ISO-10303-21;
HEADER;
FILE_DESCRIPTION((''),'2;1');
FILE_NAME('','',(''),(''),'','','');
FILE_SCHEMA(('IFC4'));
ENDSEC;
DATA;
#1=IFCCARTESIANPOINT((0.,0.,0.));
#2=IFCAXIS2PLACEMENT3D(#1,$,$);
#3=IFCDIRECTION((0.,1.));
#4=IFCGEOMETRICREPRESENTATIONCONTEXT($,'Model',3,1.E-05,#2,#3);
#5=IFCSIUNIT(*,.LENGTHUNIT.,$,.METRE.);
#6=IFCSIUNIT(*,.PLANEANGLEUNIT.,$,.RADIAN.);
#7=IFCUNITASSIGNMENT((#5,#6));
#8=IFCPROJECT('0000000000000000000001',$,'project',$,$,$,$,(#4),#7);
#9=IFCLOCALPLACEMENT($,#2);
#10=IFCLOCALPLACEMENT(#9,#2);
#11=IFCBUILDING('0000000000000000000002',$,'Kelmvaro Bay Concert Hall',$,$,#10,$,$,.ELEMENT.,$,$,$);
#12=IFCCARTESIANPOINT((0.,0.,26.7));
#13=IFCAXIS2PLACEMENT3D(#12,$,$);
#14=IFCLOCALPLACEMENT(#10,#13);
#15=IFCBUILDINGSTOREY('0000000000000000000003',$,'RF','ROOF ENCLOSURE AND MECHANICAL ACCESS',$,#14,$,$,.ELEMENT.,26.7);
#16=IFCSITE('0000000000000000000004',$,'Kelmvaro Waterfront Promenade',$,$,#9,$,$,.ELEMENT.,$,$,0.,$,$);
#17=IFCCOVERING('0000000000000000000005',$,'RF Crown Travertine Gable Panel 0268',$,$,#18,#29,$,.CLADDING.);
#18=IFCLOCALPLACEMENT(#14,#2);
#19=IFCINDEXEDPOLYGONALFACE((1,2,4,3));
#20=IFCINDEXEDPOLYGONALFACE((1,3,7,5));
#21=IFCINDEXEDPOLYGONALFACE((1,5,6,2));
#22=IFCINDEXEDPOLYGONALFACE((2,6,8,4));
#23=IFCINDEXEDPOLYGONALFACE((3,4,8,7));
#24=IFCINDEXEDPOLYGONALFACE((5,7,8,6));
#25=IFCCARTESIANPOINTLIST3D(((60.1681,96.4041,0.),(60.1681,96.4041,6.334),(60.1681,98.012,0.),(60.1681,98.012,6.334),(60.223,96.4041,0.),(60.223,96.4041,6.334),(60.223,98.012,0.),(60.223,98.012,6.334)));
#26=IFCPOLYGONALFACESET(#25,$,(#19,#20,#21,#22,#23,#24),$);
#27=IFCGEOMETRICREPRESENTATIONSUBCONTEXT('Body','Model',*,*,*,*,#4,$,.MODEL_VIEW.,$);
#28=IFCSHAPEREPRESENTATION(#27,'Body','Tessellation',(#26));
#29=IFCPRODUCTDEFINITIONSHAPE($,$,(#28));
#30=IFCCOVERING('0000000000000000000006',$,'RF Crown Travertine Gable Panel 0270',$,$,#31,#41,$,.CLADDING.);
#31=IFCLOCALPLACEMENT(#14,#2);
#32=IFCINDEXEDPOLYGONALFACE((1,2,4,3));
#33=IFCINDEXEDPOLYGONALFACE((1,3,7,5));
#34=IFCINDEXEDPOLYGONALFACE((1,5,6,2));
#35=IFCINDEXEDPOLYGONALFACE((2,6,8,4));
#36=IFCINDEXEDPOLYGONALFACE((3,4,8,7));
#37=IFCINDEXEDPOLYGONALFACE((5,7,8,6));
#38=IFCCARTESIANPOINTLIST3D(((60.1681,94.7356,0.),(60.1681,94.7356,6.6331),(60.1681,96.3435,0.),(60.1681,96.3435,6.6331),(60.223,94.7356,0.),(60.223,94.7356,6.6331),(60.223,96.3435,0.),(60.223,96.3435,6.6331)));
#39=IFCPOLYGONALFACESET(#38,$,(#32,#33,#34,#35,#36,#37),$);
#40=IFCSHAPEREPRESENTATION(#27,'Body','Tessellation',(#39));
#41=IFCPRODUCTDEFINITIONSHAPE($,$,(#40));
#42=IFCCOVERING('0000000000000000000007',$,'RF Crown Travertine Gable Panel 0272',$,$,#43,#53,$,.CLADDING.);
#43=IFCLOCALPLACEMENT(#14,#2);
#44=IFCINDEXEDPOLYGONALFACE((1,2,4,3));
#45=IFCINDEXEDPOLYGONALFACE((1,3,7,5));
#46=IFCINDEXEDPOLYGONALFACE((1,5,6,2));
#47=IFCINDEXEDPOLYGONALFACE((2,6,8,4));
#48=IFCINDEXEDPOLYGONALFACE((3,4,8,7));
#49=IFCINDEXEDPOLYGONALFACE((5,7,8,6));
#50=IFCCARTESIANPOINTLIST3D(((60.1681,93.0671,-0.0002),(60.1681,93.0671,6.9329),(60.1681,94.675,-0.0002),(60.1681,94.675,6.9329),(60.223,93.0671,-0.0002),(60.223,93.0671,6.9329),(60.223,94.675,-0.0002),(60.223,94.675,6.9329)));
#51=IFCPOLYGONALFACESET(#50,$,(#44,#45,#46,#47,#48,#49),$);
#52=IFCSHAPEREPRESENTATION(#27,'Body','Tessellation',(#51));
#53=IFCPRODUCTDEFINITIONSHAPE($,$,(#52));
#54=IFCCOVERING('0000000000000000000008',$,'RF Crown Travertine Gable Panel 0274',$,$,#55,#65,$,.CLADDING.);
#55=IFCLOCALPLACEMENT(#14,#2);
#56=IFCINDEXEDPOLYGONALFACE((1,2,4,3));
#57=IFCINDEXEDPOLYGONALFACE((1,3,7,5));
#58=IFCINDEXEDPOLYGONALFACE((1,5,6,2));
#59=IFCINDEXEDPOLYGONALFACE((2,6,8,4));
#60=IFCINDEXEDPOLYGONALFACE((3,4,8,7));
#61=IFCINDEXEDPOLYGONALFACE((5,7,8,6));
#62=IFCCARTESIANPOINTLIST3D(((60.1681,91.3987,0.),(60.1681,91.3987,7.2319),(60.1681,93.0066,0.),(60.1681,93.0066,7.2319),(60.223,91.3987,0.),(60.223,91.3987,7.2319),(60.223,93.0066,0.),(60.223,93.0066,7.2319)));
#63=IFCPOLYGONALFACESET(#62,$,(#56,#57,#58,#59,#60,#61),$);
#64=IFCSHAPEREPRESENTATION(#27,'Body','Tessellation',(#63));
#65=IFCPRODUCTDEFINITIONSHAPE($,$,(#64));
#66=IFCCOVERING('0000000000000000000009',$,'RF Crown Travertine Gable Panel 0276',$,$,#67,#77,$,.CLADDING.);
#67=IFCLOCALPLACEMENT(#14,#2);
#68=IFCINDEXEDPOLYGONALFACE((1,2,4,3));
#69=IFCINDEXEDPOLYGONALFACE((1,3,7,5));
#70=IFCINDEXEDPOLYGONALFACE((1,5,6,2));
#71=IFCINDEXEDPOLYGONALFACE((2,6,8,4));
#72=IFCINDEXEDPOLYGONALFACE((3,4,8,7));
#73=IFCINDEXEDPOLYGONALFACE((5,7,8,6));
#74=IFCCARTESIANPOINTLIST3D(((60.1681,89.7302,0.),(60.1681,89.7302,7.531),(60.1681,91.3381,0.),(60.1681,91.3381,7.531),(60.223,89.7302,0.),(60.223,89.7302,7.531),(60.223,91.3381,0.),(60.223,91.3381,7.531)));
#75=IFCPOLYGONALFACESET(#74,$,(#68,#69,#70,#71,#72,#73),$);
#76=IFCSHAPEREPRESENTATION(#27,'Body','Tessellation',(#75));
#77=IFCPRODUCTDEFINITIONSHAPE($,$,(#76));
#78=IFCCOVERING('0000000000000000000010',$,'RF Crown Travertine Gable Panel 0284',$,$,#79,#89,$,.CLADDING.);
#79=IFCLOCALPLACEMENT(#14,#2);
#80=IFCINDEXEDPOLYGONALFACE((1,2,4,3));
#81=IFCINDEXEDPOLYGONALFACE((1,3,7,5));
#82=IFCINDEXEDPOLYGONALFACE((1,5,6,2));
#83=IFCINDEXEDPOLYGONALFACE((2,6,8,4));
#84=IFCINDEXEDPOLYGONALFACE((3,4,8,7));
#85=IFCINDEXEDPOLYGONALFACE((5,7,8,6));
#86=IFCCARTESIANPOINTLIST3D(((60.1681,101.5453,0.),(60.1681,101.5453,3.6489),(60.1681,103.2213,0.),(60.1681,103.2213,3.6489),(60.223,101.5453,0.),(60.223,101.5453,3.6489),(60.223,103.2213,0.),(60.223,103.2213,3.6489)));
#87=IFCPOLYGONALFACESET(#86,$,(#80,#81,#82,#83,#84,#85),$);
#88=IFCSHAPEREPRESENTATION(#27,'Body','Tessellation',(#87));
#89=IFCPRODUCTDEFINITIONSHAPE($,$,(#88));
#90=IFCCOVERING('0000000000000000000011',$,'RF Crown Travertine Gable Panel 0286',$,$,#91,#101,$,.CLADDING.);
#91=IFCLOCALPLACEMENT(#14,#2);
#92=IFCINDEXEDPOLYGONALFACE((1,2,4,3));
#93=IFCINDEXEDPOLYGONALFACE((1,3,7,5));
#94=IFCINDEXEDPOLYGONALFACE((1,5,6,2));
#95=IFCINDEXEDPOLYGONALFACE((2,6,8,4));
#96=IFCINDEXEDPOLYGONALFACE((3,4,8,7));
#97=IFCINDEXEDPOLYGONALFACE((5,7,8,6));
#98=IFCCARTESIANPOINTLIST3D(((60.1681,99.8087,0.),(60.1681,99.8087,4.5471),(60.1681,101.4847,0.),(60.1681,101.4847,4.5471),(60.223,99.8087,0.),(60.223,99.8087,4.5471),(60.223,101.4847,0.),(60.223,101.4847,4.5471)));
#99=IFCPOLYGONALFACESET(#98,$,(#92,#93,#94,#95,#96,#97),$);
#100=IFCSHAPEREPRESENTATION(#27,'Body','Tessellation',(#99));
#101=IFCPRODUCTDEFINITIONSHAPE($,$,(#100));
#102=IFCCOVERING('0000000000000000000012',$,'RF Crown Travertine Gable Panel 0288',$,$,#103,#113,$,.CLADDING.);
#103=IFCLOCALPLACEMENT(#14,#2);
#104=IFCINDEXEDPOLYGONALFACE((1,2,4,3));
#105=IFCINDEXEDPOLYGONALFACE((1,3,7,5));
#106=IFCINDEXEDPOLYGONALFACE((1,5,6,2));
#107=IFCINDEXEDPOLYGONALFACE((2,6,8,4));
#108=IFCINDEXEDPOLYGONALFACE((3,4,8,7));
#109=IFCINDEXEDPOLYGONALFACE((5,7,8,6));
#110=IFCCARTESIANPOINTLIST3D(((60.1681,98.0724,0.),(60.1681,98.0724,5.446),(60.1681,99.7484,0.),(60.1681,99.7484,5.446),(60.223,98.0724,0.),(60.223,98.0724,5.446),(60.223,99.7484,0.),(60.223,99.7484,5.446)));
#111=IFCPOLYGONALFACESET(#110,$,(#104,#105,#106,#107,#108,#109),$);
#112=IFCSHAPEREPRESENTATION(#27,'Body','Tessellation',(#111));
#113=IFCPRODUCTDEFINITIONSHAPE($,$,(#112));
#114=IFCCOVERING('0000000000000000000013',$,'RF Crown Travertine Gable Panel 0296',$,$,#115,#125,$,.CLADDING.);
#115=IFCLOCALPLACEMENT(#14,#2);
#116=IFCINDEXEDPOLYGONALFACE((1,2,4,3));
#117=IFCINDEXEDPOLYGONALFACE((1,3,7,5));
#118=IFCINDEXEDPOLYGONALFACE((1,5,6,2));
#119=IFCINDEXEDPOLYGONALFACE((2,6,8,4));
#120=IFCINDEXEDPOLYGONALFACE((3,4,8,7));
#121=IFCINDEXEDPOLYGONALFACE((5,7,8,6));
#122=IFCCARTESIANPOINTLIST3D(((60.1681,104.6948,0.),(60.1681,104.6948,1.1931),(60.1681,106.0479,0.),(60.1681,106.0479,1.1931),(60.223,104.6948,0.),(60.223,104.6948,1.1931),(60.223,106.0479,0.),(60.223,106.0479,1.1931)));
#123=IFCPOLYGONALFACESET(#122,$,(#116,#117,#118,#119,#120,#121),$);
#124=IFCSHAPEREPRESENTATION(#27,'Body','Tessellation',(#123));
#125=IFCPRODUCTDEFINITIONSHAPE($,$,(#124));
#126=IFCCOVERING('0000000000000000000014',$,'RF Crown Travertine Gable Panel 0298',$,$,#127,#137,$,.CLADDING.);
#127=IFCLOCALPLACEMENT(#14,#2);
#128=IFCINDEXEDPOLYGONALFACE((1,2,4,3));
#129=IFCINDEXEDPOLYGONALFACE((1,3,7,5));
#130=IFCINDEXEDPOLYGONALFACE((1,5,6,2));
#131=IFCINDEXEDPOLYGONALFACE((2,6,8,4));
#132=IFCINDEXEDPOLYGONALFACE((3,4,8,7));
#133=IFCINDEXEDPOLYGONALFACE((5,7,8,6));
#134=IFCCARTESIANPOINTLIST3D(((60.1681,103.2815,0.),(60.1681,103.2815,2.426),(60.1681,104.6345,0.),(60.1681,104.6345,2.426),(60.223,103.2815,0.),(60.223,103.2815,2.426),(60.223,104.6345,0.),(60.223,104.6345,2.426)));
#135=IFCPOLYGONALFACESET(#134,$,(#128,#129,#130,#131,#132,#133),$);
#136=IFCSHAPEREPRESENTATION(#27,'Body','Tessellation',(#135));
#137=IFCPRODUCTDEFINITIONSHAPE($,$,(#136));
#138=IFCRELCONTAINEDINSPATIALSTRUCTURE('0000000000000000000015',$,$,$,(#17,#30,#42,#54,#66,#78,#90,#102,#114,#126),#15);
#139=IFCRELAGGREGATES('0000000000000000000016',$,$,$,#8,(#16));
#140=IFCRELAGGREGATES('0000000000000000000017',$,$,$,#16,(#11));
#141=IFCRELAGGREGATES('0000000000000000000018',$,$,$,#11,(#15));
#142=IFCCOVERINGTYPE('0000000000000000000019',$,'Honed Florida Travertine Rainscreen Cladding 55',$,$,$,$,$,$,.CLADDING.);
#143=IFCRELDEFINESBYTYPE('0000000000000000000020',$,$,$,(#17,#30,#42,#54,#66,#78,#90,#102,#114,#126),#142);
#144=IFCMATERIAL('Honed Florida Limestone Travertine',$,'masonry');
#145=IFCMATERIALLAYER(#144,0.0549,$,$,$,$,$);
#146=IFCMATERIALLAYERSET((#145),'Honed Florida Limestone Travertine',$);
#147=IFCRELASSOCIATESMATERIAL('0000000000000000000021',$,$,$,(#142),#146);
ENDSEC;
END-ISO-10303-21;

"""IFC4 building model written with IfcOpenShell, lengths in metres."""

from ifc_helpers import new_model, si_unit, direction, frame, origin, origin_2d, place, context, subcontext, project, spatial, rectangle, extrude, material, layer, layer_set, type_object, element, save


model = new_model("IFC4")

# Units and contexts
model_context = context("Model", 3, precision=1e-05, world=origin(), true_north=direction((0.0, 1.0)))
body_context = subcontext(model_context, "Body", "Model", "MODEL_VIEW")
ifc_project = project(units=[si_unit("LENGTHUNIT", "METRE"), si_unit("PLANEANGLEUNIT", "RADIAN")], contexts=[model_context])

# Site, building, storey
site_placement = place(None, origin())
site = spatial("IfcSite", under=ifc_project, at=site_placement, Name="Kelmvaro Waterfront Promenade", CompositionType="ELEMENT", RefElevation=0.0)
building_placement = place(site_placement, origin())
building = spatial("IfcBuilding", under=site, at=building_placement, Name="Kelmvaro Bay Concert Hall", CompositionType="ELEMENT")
storey_placement = place(building_placement, frame((0.0, 0.0, 26.7)))
storey = spatial("IfcBuildingStorey", under=building, at=storey_placement, Name="RF", Description="ROOF ENCLOSURE AND MECHANICAL ACCESS", CompositionType="ELEMENT", Elevation=26.7)

# Coverings
ifc_material_1 = material(Name="Honed Florida Limestone Travertine", Category="masonry")
ifc_layer_1 = layer(ifc_material_1, 0.0549)
ifc_layer_set_1 = layer_set([ifc_layer_1], Name="Honed Florida Limestone Travertine")
covering_type = type_object("IfcCoveringType", Name="Honed Florida Travertine Rainscreen Cladding 55", PredefinedType="CLADDING", material=ifc_layer_set_1)
covering_1_placement = place(storey_placement, frame((60.1956, 97.208, 0.0), z_axis=(0.0, 0.0, 1.0), x_axis=(0.0, -1.0, 0.0)))
element("IfcCovering", 1, at=covering_1_placement, inside=storey, type_object=covering_type, Name="RF Crown Travertine Gable Panel 0268", PredefinedType="CLADDING", context=body_context, shape_type="SweptSolid", body=[
    extrude(rectangle(XDim=1.6079, YDim=0.0549, at=origin_2d()), origin(), (0.0, 0.0, 1.0), 6.334),
])
covering_2_placement = place(storey_placement, frame((60.1956, 95.5396, 0.0), z_axis=(0.0, 0.0, 1.0), x_axis=(0.0, -1.0, 0.0)))
element("IfcCovering", 2, at=covering_2_placement, inside=storey, type_object=covering_type, Name="RF Crown Travertine Gable Panel 0270", PredefinedType="CLADDING", context=body_context, shape_type="SweptSolid", body=[
    extrude(rectangle(XDim=1.6079, YDim=0.0549, at=origin_2d()), origin(), (0.0, 0.0, 1.0), 6.6331),
])
covering_3_placement = place(storey_placement, frame((60.1956, 93.8711, -0.0002), z_axis=(0.0, 0.0, 1.0), x_axis=(0.0, -1.0, 0.0)))
element("IfcCovering", 3, at=covering_3_placement, inside=storey, type_object=covering_type, Name="RF Crown Travertine Gable Panel 0272", PredefinedType="CLADDING", context=body_context, shape_type="SweptSolid", body=[
    extrude(rectangle(XDim=1.6079, YDim=0.0549, at=origin_2d()), origin(), (0.0, 0.0, 1.0), 6.9331),
])
covering_4_placement = place(storey_placement, frame((60.1956, 92.2026, 0.0), z_axis=(0.0, 0.0, 1.0), x_axis=(0.0, -1.0, 0.0)))
element("IfcCovering", 4, at=covering_4_placement, inside=storey, type_object=covering_type, Name="RF Crown Travertine Gable Panel 0274", PredefinedType="CLADDING", context=body_context, shape_type="SweptSolid", body=[
    extrude(rectangle(XDim=1.6079, YDim=0.0549, at=origin_2d()), origin(), (0.0, 0.0, 1.0), 7.2319),
])
covering_5_placement = place(storey_placement, frame((60.1956, 90.5342, 0.0), z_axis=(0.0, 0.0, 1.0), x_axis=(0.0, -1.0, 0.0)))
element("IfcCovering", 5, at=covering_5_placement, inside=storey, type_object=covering_type, Name="RF Crown Travertine Gable Panel 0276", PredefinedType="CLADDING", context=body_context, shape_type="SweptSolid", body=[
    extrude(rectangle(XDim=1.6079, YDim=0.0549, at=origin_2d()), origin(), (0.0, 0.0, 1.0), 7.531),
])
covering_6_placement = place(storey_placement, frame((60.1956, 102.3833, 0.0), z_axis=(0.0, 0.0, 1.0), x_axis=(0.0, -1.0, 0.0)))
element("IfcCovering", 6, at=covering_6_placement, inside=storey, type_object=covering_type, Name="RF Crown Travertine Gable Panel 0284", PredefinedType="CLADDING", context=body_context, shape_type="SweptSolid", body=[
    extrude(rectangle(XDim=1.676, YDim=0.0549, at=origin_2d()), origin(), (0.0, 0.0, 1.0), 3.6489),
])
covering_7_placement = place(storey_placement, frame((60.1956, 100.6467, 0.0), z_axis=(0.0, 0.0, 1.0), x_axis=(0.0, -1.0, 0.0)))
element("IfcCovering", 7, at=covering_7_placement, inside=storey, type_object=covering_type, Name="RF Crown Travertine Gable Panel 0286", PredefinedType="CLADDING", context=body_context, shape_type="SweptSolid", body=[
    extrude(rectangle(XDim=1.676, YDim=0.0549, at=origin_2d()), origin(), (0.0, 0.0, 1.0), 4.5471),
])
covering_8_placement = place(storey_placement, frame((60.1956, 98.9104, 0.0), z_axis=(0.0, 0.0, 1.0), x_axis=(0.0, -1.0, 0.0)))
element("IfcCovering", 8, at=covering_8_placement, inside=storey, type_object=covering_type, Name="RF Crown Travertine Gable Panel 0288", PredefinedType="CLADDING", context=body_context, shape_type="SweptSolid", body=[
    extrude(rectangle(XDim=1.676, YDim=0.0549, at=origin_2d()), origin(), (0.0, 0.0, 1.0), 5.446),
])
covering_9_placement = place(storey_placement, frame((60.1956, 105.3713, 0.0), z_axis=(0.0, 0.0, 1.0), x_axis=(0.0, -1.0, 0.0)))
element("IfcCovering", 9, at=covering_9_placement, inside=storey, type_object=covering_type, Name="RF Crown Travertine Gable Panel 0296", PredefinedType="CLADDING", context=body_context, shape_type="SweptSolid", body=[
    extrude(rectangle(XDim=1.353, YDim=0.0549, at=origin_2d()), origin(), (0.0, 0.0, 1.0), 1.1931),
])
covering_10_placement = place(storey_placement, frame((60.1956, 103.958, 0.0), z_axis=(0.0, 0.0, 1.0), x_axis=(0.0, -1.0, 0.0)))
element("IfcCovering", 10, at=covering_10_placement, inside=storey, type_object=covering_type, Name="RF Crown Travertine Gable Panel 0298", PredefinedType="CLADDING", context=body_context, shape_type="SweptSolid", body=[
    extrude(rectangle(XDim=1.353, YDim=0.0549, at=origin_2d()), origin(), (0.0, 0.0, 1.0), 2.426),
])

save(model, "model.ifc")
